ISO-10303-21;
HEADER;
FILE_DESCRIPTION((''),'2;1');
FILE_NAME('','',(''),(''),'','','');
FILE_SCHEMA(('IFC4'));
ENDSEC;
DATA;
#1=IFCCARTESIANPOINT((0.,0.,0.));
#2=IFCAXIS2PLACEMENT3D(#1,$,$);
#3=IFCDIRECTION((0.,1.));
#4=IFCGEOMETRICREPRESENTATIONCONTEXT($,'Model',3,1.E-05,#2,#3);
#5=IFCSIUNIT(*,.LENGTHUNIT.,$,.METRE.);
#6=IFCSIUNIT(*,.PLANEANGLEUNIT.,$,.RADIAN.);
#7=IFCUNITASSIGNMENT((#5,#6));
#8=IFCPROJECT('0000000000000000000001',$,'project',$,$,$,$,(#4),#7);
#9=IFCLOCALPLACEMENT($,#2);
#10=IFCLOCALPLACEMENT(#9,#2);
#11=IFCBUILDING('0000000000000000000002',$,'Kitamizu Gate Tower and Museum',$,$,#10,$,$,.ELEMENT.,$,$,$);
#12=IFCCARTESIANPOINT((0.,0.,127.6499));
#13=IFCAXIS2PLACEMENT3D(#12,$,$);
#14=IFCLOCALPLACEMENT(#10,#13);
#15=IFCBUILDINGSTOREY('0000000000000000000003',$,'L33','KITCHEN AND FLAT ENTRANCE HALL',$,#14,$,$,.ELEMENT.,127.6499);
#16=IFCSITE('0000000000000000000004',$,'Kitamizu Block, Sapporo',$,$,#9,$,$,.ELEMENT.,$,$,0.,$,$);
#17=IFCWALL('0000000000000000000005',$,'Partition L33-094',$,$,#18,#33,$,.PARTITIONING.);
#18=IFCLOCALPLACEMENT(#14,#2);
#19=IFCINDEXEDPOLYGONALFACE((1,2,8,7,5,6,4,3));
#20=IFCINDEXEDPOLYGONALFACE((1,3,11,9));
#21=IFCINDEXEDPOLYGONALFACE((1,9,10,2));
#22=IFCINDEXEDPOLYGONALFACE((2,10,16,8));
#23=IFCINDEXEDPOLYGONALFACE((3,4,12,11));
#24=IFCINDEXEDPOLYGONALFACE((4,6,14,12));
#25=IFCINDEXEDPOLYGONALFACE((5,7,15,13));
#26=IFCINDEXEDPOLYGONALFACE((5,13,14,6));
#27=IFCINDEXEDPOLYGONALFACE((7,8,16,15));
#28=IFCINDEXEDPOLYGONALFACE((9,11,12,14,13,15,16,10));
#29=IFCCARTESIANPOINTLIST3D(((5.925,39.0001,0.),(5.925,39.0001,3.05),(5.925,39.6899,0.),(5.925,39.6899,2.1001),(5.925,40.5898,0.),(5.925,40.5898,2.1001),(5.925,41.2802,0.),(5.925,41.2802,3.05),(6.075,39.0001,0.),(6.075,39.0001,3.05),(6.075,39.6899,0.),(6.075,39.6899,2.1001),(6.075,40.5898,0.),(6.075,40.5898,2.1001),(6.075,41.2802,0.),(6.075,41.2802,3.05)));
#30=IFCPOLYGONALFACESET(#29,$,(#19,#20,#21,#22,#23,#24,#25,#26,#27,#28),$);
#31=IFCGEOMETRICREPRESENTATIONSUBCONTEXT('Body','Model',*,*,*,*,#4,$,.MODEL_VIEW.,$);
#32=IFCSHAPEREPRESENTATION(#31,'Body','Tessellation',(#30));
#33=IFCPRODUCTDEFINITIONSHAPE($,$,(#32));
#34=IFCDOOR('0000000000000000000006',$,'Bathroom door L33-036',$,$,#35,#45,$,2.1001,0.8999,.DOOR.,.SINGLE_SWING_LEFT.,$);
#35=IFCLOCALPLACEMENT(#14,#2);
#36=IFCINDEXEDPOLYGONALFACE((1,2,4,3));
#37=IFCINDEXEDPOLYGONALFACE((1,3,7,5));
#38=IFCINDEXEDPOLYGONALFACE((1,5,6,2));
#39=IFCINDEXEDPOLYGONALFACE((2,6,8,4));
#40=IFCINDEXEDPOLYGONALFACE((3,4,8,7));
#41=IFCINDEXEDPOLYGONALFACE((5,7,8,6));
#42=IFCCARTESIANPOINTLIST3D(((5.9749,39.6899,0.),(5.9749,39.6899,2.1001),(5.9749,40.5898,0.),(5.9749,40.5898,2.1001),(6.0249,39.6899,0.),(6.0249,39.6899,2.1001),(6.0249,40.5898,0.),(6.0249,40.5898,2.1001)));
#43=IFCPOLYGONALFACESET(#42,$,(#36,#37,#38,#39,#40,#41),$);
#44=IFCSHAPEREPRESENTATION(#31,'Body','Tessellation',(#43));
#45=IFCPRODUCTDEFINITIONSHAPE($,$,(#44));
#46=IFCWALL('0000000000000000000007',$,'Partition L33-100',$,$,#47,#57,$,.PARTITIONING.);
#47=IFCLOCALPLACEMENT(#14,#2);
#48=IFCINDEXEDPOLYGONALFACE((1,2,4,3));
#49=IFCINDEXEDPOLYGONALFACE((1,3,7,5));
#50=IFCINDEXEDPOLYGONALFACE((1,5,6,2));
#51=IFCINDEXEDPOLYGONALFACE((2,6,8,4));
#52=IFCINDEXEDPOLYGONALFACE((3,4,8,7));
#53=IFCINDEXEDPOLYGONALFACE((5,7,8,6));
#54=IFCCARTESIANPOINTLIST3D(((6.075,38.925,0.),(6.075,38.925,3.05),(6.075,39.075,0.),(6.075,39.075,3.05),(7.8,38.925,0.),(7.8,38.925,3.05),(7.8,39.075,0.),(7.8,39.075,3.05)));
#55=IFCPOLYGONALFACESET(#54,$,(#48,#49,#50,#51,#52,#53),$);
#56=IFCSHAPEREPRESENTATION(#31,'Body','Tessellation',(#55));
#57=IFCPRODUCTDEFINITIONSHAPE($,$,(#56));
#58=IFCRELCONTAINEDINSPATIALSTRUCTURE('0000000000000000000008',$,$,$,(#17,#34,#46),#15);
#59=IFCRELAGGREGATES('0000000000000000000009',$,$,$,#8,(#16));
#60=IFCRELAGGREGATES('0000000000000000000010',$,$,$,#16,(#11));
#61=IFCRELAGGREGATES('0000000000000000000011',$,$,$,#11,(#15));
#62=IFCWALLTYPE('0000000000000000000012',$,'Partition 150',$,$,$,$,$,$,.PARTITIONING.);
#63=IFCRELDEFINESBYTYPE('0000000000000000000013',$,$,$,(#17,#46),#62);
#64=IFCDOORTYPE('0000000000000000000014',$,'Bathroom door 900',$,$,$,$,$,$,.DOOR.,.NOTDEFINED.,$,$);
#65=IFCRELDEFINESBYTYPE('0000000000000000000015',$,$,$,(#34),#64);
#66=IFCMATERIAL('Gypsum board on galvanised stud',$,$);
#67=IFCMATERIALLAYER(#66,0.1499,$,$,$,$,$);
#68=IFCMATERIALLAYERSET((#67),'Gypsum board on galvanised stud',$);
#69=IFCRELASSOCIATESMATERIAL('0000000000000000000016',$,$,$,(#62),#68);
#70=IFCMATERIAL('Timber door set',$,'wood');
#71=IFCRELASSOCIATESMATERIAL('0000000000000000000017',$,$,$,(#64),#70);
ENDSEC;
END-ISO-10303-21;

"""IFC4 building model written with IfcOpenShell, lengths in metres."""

from ifc_helpers import new_model, si_unit, direction, frame, frame_2d, origin, place, context, subcontext, project, spatial, rectangle, extrude, material, layer, layer_set, type_object, element, fill, save


model = new_model("IFC4")

# Units and contexts
model_context = context("Model", 3, precision=1e-05, world=origin(), true_north=direction((0.0, 1.0)))
body_context = subcontext(model_context, "Body", "Model", "MODEL_VIEW")
ifc_project = project(units=[si_unit("LENGTHUNIT", "METRE"), si_unit("PLANEANGLEUNIT", "RADIAN")], contexts=[model_context])

# Site, building, storey
site_placement = place(None, origin())
site = spatial("IfcSite", under=ifc_project, at=site_placement, Name="Kitamizu Block, Sapporo", CompositionType="ELEMENT", RefElevation=0.0)
building_placement = place(site_placement, origin())
building = spatial("IfcBuilding", under=site, at=building_placement, Name="Kitamizu Gate Tower and Museum", CompositionType="ELEMENT")
storey_placement = place(building_placement, frame((0.0, 0.0, 127.6499)))
storey = spatial("IfcBuildingStorey", under=building, at=storey_placement, Name="L33", Description="KITCHEN AND FLAT ENTRANCE HALL", CompositionType="ELEMENT", Elevation=127.6499)

# Wall, opening, door
ifc_material_1 = material(Name="Gypsum board on galvanised stud")
ifc_layer_1 = layer(ifc_material_1, 0.1499)
ifc_layer_set_1 = layer_set([ifc_layer_1], Name="Gypsum board on galvanised stud")
wall_type_1 = type_object("IfcWallType", Name="Partition 150", PredefinedType="PARTITIONING", material=ifc_layer_set_1)
wall_1_placement = place(storey_placement, frame((6.0, 39.0, 0.0), z_axis=(0.0, 0.0, 1.0), x_axis=(0.0, 1.0, 0.0)))
wall_1 = element("IfcWall", 1, at=wall_1_placement, inside=storey, type_object=wall_type_1, Name="Partition L33-094", PredefinedType="PARTITIONING", context=body_context, shape_type="SweptSolid", body=[
    extrude(rectangle(XDim=2.28, YDim=0.1499, at=frame_2d((1.1401, 0.0))), origin(), (0.0, 0.0, 1.0), 3.05),
])
opening_1_placement = place(wall_1_placement, frame((0.6899, 0.0, 0.0)))
opening_1 = element("IfcOpeningElement", 2, at=opening_1_placement, cuts=wall_1, PredefinedType="OPENING", context=body_context, shape_type="SweptSolid", body=[
    extrude(rectangle(XDim=0.8999, YDim=2.1001, at=frame_2d((0.45, 1.05))), frame((0.0, 0.085, 0.0), z_axis=(0.0, -1.0, 0.0), x_axis=(1.0, 0.0, 0.0)), (0.0, 0.0, 1.0), 0.1699),
])
ifc_material_2 = material(Name="Timber door set", Category="wood")
door_type_1 = type_object("IfcDoorType", Name="Bathroom door 900", OperationType="NOTDEFINED", PredefinedType="DOOR", material=ifc_material_2)
door_1_placement = place(opening_1_placement, frame((0.8999, 0.0, 0.0), x_axis=(-1.0, 0.0, 0.0)))
door_1 = element("IfcDoor", 3, at=door_1_placement, inside=storey, type_object=door_type_1, Name="Bathroom door L33-036", OperationType="SINGLE_SWING_LEFT", OverallHeight=2.1001, OverallWidth=0.8999, PredefinedType="DOOR", context=body_context, shape_type="SweptSolid", body=[
    extrude(rectangle(XDim=0.8999, YDim=2.1001, at=frame_2d((0.45, 1.05))), frame((0.0, 0.0249, 0.0), z_axis=(0.0, -1.0, 0.0), x_axis=(1.0, 0.0, 0.0)), (0.0, 0.0, 1.0), 0.05),
])
fill(opening_1, door_1)

# Wall
wall_2_placement = place(storey_placement, frame((7.8, 39.0, 0.0), z_axis=(0.0, 0.0, 1.0), x_axis=(-1.0, 0.0, 0.0)))
element("IfcWall", 4, at=wall_2_placement, inside=storey, type_object=wall_type_1, Name="Partition L33-100", PredefinedType="PARTITIONING", context=body_context, shape_type="SweptSolid", body=[
    extrude(rectangle(XDim=1.7251, YDim=0.1499, at=frame_2d((0.8625, 0.0))), origin(), (0.0, 0.0, 1.0), 3.05),
])

save(model, "model.ifc")
